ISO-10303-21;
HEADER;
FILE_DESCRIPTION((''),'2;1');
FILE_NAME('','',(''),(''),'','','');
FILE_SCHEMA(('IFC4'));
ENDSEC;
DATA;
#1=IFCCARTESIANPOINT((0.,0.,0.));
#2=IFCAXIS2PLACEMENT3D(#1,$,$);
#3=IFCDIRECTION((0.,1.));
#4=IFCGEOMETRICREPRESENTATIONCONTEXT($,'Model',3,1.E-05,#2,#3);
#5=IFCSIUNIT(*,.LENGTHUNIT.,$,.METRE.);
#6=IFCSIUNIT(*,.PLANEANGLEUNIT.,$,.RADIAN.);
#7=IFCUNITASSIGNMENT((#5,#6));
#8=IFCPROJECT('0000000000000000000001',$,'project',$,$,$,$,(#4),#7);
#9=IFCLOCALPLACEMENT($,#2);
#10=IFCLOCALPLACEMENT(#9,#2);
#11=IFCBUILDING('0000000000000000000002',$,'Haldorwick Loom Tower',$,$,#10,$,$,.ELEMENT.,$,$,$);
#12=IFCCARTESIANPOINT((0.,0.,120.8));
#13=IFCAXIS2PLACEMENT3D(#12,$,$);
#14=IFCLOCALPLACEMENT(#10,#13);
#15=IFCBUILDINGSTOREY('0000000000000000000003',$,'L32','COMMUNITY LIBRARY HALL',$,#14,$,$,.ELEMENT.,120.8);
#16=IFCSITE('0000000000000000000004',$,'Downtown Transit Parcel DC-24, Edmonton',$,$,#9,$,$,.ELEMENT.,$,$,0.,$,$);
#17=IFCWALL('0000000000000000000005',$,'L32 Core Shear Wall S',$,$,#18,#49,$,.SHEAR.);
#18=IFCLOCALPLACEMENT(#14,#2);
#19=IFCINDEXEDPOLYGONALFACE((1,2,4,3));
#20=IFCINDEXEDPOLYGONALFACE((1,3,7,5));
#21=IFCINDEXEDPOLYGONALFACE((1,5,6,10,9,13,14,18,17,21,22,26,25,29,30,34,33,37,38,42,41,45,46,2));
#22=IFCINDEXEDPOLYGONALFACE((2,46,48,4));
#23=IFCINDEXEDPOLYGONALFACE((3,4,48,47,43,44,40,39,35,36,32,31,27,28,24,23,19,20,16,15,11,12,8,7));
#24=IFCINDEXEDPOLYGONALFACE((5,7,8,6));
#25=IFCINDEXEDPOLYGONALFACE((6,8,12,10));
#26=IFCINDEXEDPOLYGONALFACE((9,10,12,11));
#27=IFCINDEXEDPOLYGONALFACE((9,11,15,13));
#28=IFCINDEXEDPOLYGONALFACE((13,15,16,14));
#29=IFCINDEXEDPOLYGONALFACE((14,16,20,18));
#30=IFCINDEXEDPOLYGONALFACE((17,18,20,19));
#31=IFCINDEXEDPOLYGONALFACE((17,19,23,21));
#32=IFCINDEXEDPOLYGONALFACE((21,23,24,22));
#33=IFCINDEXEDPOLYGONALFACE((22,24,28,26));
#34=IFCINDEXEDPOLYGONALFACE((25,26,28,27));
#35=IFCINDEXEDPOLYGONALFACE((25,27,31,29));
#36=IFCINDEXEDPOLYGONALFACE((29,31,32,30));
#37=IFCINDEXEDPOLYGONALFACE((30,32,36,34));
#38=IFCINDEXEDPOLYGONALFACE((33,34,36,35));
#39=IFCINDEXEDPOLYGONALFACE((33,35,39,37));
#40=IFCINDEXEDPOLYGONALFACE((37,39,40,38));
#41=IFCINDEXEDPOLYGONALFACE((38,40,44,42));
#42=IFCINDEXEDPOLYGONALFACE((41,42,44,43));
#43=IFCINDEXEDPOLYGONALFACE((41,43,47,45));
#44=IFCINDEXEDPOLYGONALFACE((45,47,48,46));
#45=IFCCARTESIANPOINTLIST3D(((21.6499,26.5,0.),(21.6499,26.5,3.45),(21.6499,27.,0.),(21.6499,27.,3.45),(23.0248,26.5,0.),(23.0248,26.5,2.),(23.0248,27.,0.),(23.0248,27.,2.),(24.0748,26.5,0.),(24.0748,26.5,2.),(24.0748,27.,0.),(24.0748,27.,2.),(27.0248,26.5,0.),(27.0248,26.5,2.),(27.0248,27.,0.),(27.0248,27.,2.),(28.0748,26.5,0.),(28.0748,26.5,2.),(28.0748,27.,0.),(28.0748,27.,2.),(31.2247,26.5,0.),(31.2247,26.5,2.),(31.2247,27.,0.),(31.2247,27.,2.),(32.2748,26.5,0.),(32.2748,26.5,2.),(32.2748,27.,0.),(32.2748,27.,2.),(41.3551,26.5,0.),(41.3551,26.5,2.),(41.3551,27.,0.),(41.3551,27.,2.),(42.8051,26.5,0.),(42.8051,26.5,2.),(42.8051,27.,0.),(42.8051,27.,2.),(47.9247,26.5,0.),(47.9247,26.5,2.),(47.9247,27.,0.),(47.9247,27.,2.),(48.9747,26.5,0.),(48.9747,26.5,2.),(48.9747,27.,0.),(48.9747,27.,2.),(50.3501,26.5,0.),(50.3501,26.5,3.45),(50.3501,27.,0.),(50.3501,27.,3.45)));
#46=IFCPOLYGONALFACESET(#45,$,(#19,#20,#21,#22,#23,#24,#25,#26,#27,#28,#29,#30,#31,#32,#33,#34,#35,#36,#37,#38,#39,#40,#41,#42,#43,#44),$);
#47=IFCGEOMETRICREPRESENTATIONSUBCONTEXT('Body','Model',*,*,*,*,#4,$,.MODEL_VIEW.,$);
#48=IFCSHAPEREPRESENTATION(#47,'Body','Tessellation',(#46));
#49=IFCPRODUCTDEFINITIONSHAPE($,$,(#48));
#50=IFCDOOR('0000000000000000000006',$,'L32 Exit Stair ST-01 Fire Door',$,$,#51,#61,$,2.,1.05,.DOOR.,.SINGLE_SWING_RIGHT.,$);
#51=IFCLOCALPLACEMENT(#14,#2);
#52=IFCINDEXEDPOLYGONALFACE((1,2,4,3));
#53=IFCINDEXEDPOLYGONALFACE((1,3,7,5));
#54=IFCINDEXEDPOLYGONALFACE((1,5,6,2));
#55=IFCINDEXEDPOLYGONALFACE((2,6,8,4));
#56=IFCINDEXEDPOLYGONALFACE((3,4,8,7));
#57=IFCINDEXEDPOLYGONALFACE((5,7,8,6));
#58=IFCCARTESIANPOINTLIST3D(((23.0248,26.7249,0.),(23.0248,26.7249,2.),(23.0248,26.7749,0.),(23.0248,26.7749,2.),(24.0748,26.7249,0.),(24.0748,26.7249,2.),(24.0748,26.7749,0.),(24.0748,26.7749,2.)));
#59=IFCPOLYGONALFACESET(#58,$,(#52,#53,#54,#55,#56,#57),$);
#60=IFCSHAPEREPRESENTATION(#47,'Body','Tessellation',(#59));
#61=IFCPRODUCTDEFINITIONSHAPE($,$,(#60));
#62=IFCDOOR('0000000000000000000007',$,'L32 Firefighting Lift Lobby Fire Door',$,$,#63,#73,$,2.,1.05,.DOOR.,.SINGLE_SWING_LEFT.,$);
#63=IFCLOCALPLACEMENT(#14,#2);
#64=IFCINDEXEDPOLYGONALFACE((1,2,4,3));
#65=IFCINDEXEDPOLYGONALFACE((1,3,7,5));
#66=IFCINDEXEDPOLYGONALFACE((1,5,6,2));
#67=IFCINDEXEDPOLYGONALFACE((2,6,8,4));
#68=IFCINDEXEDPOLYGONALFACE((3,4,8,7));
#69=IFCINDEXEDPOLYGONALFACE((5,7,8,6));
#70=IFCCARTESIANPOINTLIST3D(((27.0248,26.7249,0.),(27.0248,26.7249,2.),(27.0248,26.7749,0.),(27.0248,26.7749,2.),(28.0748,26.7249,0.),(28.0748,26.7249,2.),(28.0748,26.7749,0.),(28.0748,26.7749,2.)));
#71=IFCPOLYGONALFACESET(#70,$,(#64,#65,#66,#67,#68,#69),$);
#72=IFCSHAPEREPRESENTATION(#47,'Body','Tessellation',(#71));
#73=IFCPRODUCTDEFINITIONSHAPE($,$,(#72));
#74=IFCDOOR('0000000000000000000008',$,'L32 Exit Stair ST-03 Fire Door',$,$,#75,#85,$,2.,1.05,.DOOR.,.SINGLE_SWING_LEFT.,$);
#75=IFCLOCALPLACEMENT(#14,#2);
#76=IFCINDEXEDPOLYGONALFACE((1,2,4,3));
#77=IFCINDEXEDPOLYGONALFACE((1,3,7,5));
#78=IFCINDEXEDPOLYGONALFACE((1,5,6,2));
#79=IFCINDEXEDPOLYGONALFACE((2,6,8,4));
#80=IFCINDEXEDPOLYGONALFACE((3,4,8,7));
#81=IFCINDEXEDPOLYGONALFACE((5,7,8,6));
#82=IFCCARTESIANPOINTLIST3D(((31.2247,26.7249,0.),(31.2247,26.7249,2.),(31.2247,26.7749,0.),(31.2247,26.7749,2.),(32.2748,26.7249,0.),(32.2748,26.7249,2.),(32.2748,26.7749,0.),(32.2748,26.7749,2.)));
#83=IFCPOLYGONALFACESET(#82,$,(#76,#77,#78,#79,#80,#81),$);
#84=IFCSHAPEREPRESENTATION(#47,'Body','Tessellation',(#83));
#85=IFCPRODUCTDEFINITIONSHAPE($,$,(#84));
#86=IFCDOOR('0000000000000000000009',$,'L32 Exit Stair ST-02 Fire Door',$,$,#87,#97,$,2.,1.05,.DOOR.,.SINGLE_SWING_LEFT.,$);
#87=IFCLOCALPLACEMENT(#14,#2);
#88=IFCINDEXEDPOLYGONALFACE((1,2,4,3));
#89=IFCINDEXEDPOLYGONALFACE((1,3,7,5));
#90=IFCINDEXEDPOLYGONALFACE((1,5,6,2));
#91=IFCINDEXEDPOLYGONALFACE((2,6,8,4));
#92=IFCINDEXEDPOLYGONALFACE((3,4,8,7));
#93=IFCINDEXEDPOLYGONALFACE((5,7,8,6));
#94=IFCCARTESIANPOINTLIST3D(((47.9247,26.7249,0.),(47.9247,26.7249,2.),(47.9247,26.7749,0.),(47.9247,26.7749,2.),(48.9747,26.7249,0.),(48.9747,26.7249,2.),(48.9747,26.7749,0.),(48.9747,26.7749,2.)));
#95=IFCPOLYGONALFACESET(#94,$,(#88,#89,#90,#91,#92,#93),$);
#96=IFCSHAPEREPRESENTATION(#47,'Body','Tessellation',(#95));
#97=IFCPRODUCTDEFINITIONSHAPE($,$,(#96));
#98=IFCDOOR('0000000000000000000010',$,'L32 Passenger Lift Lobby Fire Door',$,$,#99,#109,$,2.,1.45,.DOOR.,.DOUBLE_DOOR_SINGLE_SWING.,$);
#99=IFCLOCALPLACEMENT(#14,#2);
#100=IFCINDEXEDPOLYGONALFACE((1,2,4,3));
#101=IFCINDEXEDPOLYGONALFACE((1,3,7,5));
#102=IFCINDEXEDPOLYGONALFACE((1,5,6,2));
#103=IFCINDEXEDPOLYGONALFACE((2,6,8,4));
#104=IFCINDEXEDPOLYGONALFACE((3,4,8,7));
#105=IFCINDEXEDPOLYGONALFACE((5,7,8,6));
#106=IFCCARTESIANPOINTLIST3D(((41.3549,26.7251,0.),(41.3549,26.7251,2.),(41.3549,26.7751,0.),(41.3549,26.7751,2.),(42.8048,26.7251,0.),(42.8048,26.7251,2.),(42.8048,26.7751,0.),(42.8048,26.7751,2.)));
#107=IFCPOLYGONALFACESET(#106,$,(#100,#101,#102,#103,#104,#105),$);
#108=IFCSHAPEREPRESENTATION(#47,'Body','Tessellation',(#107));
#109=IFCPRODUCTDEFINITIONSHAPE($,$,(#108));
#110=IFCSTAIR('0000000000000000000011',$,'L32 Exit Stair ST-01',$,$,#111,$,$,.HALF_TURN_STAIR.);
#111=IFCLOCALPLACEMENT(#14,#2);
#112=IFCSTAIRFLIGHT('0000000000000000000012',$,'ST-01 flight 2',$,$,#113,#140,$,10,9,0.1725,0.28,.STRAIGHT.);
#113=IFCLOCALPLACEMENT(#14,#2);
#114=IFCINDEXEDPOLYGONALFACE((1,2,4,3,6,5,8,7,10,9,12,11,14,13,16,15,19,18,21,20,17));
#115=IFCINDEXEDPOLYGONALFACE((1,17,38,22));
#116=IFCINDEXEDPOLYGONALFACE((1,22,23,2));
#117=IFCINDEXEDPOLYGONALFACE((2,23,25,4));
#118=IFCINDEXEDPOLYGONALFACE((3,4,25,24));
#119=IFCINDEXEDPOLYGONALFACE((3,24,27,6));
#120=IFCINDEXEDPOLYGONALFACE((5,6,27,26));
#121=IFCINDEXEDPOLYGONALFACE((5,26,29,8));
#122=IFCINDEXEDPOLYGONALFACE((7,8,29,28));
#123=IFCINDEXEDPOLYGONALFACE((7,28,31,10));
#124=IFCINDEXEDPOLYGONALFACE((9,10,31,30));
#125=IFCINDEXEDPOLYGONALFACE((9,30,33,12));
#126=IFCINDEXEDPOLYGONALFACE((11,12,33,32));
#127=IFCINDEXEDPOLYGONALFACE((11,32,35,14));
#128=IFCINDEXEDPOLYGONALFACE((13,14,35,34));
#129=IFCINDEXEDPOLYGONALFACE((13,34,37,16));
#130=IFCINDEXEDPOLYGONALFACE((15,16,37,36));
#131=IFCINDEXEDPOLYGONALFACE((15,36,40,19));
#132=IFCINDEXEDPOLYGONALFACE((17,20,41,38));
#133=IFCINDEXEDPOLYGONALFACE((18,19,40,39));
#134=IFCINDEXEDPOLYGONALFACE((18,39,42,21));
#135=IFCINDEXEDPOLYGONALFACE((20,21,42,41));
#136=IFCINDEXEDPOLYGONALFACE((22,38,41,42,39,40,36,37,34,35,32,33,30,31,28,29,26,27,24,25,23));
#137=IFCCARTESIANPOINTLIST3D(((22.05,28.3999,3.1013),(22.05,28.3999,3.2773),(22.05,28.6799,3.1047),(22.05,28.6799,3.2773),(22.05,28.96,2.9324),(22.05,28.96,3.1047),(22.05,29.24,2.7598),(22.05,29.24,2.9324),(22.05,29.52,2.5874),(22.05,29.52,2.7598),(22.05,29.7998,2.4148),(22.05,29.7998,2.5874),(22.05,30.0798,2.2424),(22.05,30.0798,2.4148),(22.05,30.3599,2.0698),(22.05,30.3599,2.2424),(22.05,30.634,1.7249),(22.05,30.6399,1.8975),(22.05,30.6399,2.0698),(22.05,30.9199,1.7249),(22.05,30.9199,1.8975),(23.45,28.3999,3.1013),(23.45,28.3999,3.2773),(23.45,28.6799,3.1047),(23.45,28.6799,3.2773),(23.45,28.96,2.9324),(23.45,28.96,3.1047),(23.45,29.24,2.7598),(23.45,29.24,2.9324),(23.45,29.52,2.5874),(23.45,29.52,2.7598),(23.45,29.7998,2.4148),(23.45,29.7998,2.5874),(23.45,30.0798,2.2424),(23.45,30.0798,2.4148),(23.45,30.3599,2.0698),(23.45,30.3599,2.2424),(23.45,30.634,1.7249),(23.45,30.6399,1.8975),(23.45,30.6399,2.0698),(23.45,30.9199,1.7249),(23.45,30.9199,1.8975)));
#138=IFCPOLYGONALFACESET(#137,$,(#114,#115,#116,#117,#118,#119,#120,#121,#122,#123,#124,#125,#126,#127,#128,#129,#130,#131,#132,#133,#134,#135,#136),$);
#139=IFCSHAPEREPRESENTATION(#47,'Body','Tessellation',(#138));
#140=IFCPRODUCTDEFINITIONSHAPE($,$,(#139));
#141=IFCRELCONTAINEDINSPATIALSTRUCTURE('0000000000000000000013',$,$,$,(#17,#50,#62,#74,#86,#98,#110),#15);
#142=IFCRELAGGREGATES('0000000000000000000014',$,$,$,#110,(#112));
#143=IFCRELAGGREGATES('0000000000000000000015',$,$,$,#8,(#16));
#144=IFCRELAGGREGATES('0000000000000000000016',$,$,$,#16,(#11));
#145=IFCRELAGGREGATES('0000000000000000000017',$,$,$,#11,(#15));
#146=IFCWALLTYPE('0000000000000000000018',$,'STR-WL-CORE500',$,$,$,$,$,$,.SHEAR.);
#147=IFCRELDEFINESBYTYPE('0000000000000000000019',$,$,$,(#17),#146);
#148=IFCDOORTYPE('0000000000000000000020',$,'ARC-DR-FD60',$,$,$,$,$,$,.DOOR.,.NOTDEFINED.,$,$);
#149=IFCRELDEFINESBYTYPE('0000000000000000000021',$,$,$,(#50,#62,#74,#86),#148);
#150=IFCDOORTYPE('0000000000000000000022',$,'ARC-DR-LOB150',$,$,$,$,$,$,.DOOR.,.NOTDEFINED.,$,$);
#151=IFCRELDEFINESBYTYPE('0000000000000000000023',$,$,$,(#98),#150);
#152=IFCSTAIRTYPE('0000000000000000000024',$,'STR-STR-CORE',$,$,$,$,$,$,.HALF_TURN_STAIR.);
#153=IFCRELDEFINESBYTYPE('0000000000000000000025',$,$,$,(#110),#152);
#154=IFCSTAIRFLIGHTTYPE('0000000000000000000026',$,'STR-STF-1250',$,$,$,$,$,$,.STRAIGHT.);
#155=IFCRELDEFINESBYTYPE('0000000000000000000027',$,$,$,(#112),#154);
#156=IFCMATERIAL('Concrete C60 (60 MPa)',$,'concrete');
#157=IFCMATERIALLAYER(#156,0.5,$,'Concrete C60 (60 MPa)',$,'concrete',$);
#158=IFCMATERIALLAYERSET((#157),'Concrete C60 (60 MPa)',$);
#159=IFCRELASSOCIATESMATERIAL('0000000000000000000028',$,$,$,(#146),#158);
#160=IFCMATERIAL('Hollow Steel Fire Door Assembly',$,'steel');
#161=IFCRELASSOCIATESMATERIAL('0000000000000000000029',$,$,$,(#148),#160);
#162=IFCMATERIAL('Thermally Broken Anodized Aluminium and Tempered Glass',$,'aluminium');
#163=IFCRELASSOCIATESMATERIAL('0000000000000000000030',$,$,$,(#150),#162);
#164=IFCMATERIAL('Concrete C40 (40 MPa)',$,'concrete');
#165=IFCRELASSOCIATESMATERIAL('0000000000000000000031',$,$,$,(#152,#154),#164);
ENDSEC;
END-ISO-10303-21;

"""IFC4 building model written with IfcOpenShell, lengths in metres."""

from ifc_helpers import new_model, si_unit, direction, frame, frame_2d, origin, place, context, subcontext, project, spatial, polyline, rectangle, outline, extrude, material, layer, layer_set, type_object, element, fill, aggregate, save


model = new_model("IFC4")

# Units and contexts
model_context = context("Model", 3, precision=1e-05, world=origin(), true_north=direction((0.0, 1.0)))
body_context = subcontext(model_context, "Body", "Model", "MODEL_VIEW")
ifc_project = project(units=[si_unit("LENGTHUNIT", "METRE"), si_unit("PLANEANGLEUNIT", "RADIAN")], contexts=[model_context])

# Site, building, storey
site_placement = place(None, origin())
site = spatial("IfcSite", under=ifc_project, at=site_placement, Name="Downtown Transit Parcel DC-24, Edmonton", CompositionType="ELEMENT", RefElevation=0.0)
building_placement = place(site_placement, origin())
building = spatial("IfcBuilding", under=site, at=building_placement, Name="Haldorwick Loom Tower", CompositionType="ELEMENT")
storey_placement = place(building_placement, frame((0.0, 0.0, 120.8)))
storey = spatial("IfcBuildingStorey", under=building, at=storey_placement, Name="L32", Description="COMMUNITY LIBRARY HALL", CompositionType="ELEMENT", Elevation=120.8)

# Shared definitions
ifc_material_1 = material(Name="Concrete C60 (60 MPa)", Category="concrete")

# Wall, openings, doors
ifc_layer_1 = layer(ifc_material_1, 0.5, Name="Concrete C60 (60 MPa)", Category="concrete")
ifc_layer_set_1 = layer_set([ifc_layer_1], Name="Concrete C60 (60 MPa)")
wall_type_1 = type_object("IfcWallType", Name="STR-WL-CORE500", PredefinedType="SHEAR", material=ifc_layer_set_1)
wall_1_placement = place(storey_placement, frame((21.6499, 26.75, 0.0), z_axis=(0.0, 0.0, 1.0), x_axis=(1.0, 0.0, 0.0)))
wall_1 = element("IfcWall", 1, at=wall_1_placement, inside=storey, type_object=wall_type_1, Name="L32 Core Shear Wall S", PredefinedType="SHEAR", context=body_context, shape_type="SweptSolid", body=[
    extrude(rectangle(XDim=28.7002, YDim=0.5, at=frame_2d((14.3501, 0.0))), origin(), (0.0, 0.0, 1.0), 3.45),
])
opening_1_placement = place(wall_1_placement, frame((1.375, 0.0, 0.0)))
opening_1 = element("IfcOpeningElement", 2, at=opening_1_placement, cuts=wall_1, PredefinedType="OPENING", context=body_context, shape_type="SweptSolid", body=[
    extrude(rectangle(XDim=1.05, YDim=2.0, at=frame_2d((0.5249, 1.0))), frame((0.0, 0.26, 0.0), z_axis=(0.0, -1.0, 0.0), x_axis=(1.0, 0.0, 0.0)), (0.0, 0.0, 1.0), 0.52),
])
opening_2_placement = place(wall_1_placement, frame((5.375, 0.0, 0.0)))
opening_2 = element("IfcOpeningElement", 3, at=opening_2_placement, cuts=wall_1, PredefinedType="OPENING", context=body_context, shape_type="SweptSolid", body=[
    extrude(rectangle(XDim=1.05, YDim=2.0, at=frame_2d((0.5249, 1.0))), frame((0.0, 0.26, 0.0), z_axis=(0.0, -1.0, 0.0), x_axis=(1.0, 0.0, 0.0)), (0.0, 0.0, 1.0), 0.52),
])
opening_3_placement = place(wall_1_placement, frame((9.575, 0.0, 0.0)))
opening_3 = element("IfcOpeningElement", 4, at=opening_3_placement, cuts=wall_1, PredefinedType="OPENING", context=body_context, shape_type="SweptSolid", body=[
    extrude(rectangle(XDim=1.05, YDim=2.0, at=frame_2d((0.5249, 1.0))), frame((0.0, 0.26, 0.0), z_axis=(0.0, -1.0, 0.0), x_axis=(1.0, 0.0, 0.0)), (0.0, 0.0, 1.0), 0.52),
])
opening_4_placement = place(wall_1_placement, frame((19.7051, 0.0, 0.0)))
opening_4 = element("IfcOpeningElement", 5, at=opening_4_placement, cuts=wall_1, PredefinedType="OPENING", context=body_context, shape_type="SweptSolid", body=[
    extrude(rectangle(XDim=1.45, YDim=2.0, at=frame_2d((0.7251, 1.0))), frame((0.0, 0.26, 0.0), z_axis=(0.0, -1.0, 0.0), x_axis=(1.0, 0.0, 0.0)), (0.0, 0.0, 1.0), 0.52),
])
opening_5_placement = place(wall_1_placement, frame((26.2749, 0.0, 0.0)))
opening_5 = element("IfcOpeningElement", 6, at=opening_5_placement, cuts=wall_1, PredefinedType="OPENING", context=body_context, shape_type="SweptSolid", body=[
    extrude(rectangle(XDim=1.05, YDim=2.0, at=frame_2d((0.5249, 1.0))), frame((0.0, 0.26, 0.0), z_axis=(0.0, -1.0, 0.0), x_axis=(1.0, 0.0, 0.0)), (0.0, 0.0, 1.0), 0.52),
])
ifc_material_2 = material(Name="Hollow Steel Fire Door Assembly", Category="steel")
door_type_1 = type_object("IfcDoorType", Name="ARC-DR-FD60", OperationType="NOTDEFINED", PredefinedType="DOOR", material=ifc_material_2)
door_1_placement = place(opening_1_placement, origin())
door_1 = element("IfcDoor", 7, at=door_1_placement, inside=storey, type_object=door_type_1, Name="L32 Exit Stair ST-01 Fire Door", OperationType="SINGLE_SWING_RIGHT", OverallHeight=2.0, OverallWidth=1.05, PredefinedType="DOOR", context=body_context, shape_type="SweptSolid", body=[
    extrude(rectangle(XDim=1.05, YDim=2.0, at=frame_2d((0.5249, 1.0))), frame((0.0, 0.0249, 0.0), z_axis=(0.0, -1.0, 0.0), x_axis=(1.0, 0.0, 0.0)), (0.0, 0.0, 1.0), 0.05),
])
fill(opening_1, door_1)
door_2_placement = place(opening_2_placement, origin())
door_2 = element("IfcDoor", 8, at=door_2_placement, inside=storey, type_object=door_type_1, Name="L32 Firefighting Lift Lobby Fire Door", OperationType="SINGLE_SWING_LEFT", OverallHeight=2.0, OverallWidth=1.05, PredefinedType="DOOR", context=body_context, shape_type="SweptSolid", body=[
    extrude(rectangle(XDim=1.05, YDim=2.0, at=frame_2d((0.5249, 1.0))), frame((0.0, 0.0249, 0.0), z_axis=(0.0, -1.0, 0.0), x_axis=(1.0, 0.0, 0.0)), (0.0, 0.0, 1.0), 0.05),
])
fill(opening_2, door_2)
door_3_placement = place(opening_3_placement, origin())
door_3 = element("IfcDoor", 9, at=door_3_placement, inside=storey, type_object=door_type_1, Name="L32 Exit Stair ST-03 Fire Door", OperationType="SINGLE_SWING_LEFT", OverallHeight=2.0, OverallWidth=1.05, PredefinedType="DOOR", context=body_context, shape_type="SweptSolid", body=[
    extrude(rectangle(XDim=1.05, YDim=2.0, at=frame_2d((0.5249, 1.0))), frame((0.0, 0.0249, 0.0), z_axis=(0.0, -1.0, 0.0), x_axis=(1.0, 0.0, 0.0)), (0.0, 0.0, 1.0), 0.05),
])
fill(opening_3, door_3)
door_4_placement = place(opening_5_placement, origin())
door_4 = element("IfcDoor", 10, at=door_4_placement, inside=storey, type_object=door_type_1, Name="L32 Exit Stair ST-02 Fire Door", OperationType="SINGLE_SWING_LEFT", OverallHeight=2.0, OverallWidth=1.05, PredefinedType="DOOR", context=body_context, shape_type="SweptSolid", body=[
    extrude(rectangle(XDim=1.05, YDim=2.0, at=frame_2d((0.5249, 1.0))), frame((0.0, 0.0249, 0.0), z_axis=(0.0, -1.0, 0.0), x_axis=(1.0, 0.0, 0.0)), (0.0, 0.0, 1.0), 0.05),
])
fill(opening_5, door_4)
ifc_material_3 = material(Name="Thermally Broken Anodized Aluminium and Tempered Glass", Category="aluminium")
door_type_2 = type_object("IfcDoorType", Name="ARC-DR-LOB150", OperationType="NOTDEFINED", PredefinedType="DOOR", material=ifc_material_3)
door_5_placement = place(opening_4_placement, frame((1.45, 0.0, 0.0), z_axis=(0.0, 0.0, 1.0), x_axis=(-1.0, 0.0, 0.0)))
door_5 = element("IfcDoor", 11, at=door_5_placement, inside=storey, type_object=door_type_2, Name="L32 Passenger Lift Lobby Fire Door", OperationType="DOUBLE_DOOR_SINGLE_SWING", OverallHeight=2.0, OverallWidth=1.45, PredefinedType="DOOR", context=body_context, shape_type="SweptSolid", body=[
    extrude(rectangle(XDim=1.45, YDim=2.0, at=frame_2d((0.7251, 1.0))), frame((0.0, 0.0249, 0.0), z_axis=(0.0, -1.0, 0.0), x_axis=(1.0, 0.0, 0.0)), (0.0, 0.0, 1.0), 0.05),
])
fill(opening_4, door_5)

# Stair, stair flight
ifc_material_4 = material(Name="Concrete C40 (40 MPa)", Category="concrete")
stair_type = type_object("IfcStairType", Name="STR-STR-CORE", PredefinedType="HALF_TURN_STAIR", material=ifc_material_4)
stair_placement = place(storey_placement, origin())
stair = element("IfcStair", 12, at=stair_placement, inside=storey, type_object=stair_type, Name="L32 Exit Stair ST-01", PredefinedType="HALF_TURN_STAIR")
stair_flight_type = type_object("IfcStairFlightType", Name="STR-STF-1250", PredefinedType="STRAIGHT", material=ifc_material_4)
stair_flight_placement = place(storey_placement, frame((22.75, 30.9199, 1.7249), z_axis=(0.0, 0.0, 1.0), x_axis=(0.0, -1.0, 0.0)))
stair_flight = element("IfcStairFlight", 13, at=stair_flight_placement, type_object=stair_flight_type, Name="ST-01 flight 2", NumberOfRisers=10, NumberOfTreads=9, PredefinedType="STRAIGHT", RiserHeight=0.1725, TreadLength=0.28, context=body_context, shape_type="SweptSolid", body=[
    extrude(outline(polyline([(0.0, 0.0), (0.0, 0.1726), (0.28, 0.1726), (0.28, 0.345), (0.5601, 0.345), (0.5601, 0.5176), (0.8401, 0.5176), (0.8401, 0.6899), (1.1201, 0.6899), (1.1201, 0.8625), (1.3999, 0.8625), (1.3999, 1.0349), (1.6799, 1.0349), (1.6799, 1.2075), (1.96, 1.2075), (1.96, 1.3799), (2.24, 1.3799), (2.24, 1.5525), (2.52, 1.5525), (2.52, 1.7251), (2.52, 1.3765), (0.2859, 0.0), (0.0, 0.0)])), frame((0.0, 0.7, 0.0), z_axis=(0.0, -1.0, 0.0), x_axis=(1.0, 0.0, 0.0)), (0.0, 0.0, 1.0), 1.3999),
])
aggregate(stair, [stair_flight])

save(model, "model.ifc")
